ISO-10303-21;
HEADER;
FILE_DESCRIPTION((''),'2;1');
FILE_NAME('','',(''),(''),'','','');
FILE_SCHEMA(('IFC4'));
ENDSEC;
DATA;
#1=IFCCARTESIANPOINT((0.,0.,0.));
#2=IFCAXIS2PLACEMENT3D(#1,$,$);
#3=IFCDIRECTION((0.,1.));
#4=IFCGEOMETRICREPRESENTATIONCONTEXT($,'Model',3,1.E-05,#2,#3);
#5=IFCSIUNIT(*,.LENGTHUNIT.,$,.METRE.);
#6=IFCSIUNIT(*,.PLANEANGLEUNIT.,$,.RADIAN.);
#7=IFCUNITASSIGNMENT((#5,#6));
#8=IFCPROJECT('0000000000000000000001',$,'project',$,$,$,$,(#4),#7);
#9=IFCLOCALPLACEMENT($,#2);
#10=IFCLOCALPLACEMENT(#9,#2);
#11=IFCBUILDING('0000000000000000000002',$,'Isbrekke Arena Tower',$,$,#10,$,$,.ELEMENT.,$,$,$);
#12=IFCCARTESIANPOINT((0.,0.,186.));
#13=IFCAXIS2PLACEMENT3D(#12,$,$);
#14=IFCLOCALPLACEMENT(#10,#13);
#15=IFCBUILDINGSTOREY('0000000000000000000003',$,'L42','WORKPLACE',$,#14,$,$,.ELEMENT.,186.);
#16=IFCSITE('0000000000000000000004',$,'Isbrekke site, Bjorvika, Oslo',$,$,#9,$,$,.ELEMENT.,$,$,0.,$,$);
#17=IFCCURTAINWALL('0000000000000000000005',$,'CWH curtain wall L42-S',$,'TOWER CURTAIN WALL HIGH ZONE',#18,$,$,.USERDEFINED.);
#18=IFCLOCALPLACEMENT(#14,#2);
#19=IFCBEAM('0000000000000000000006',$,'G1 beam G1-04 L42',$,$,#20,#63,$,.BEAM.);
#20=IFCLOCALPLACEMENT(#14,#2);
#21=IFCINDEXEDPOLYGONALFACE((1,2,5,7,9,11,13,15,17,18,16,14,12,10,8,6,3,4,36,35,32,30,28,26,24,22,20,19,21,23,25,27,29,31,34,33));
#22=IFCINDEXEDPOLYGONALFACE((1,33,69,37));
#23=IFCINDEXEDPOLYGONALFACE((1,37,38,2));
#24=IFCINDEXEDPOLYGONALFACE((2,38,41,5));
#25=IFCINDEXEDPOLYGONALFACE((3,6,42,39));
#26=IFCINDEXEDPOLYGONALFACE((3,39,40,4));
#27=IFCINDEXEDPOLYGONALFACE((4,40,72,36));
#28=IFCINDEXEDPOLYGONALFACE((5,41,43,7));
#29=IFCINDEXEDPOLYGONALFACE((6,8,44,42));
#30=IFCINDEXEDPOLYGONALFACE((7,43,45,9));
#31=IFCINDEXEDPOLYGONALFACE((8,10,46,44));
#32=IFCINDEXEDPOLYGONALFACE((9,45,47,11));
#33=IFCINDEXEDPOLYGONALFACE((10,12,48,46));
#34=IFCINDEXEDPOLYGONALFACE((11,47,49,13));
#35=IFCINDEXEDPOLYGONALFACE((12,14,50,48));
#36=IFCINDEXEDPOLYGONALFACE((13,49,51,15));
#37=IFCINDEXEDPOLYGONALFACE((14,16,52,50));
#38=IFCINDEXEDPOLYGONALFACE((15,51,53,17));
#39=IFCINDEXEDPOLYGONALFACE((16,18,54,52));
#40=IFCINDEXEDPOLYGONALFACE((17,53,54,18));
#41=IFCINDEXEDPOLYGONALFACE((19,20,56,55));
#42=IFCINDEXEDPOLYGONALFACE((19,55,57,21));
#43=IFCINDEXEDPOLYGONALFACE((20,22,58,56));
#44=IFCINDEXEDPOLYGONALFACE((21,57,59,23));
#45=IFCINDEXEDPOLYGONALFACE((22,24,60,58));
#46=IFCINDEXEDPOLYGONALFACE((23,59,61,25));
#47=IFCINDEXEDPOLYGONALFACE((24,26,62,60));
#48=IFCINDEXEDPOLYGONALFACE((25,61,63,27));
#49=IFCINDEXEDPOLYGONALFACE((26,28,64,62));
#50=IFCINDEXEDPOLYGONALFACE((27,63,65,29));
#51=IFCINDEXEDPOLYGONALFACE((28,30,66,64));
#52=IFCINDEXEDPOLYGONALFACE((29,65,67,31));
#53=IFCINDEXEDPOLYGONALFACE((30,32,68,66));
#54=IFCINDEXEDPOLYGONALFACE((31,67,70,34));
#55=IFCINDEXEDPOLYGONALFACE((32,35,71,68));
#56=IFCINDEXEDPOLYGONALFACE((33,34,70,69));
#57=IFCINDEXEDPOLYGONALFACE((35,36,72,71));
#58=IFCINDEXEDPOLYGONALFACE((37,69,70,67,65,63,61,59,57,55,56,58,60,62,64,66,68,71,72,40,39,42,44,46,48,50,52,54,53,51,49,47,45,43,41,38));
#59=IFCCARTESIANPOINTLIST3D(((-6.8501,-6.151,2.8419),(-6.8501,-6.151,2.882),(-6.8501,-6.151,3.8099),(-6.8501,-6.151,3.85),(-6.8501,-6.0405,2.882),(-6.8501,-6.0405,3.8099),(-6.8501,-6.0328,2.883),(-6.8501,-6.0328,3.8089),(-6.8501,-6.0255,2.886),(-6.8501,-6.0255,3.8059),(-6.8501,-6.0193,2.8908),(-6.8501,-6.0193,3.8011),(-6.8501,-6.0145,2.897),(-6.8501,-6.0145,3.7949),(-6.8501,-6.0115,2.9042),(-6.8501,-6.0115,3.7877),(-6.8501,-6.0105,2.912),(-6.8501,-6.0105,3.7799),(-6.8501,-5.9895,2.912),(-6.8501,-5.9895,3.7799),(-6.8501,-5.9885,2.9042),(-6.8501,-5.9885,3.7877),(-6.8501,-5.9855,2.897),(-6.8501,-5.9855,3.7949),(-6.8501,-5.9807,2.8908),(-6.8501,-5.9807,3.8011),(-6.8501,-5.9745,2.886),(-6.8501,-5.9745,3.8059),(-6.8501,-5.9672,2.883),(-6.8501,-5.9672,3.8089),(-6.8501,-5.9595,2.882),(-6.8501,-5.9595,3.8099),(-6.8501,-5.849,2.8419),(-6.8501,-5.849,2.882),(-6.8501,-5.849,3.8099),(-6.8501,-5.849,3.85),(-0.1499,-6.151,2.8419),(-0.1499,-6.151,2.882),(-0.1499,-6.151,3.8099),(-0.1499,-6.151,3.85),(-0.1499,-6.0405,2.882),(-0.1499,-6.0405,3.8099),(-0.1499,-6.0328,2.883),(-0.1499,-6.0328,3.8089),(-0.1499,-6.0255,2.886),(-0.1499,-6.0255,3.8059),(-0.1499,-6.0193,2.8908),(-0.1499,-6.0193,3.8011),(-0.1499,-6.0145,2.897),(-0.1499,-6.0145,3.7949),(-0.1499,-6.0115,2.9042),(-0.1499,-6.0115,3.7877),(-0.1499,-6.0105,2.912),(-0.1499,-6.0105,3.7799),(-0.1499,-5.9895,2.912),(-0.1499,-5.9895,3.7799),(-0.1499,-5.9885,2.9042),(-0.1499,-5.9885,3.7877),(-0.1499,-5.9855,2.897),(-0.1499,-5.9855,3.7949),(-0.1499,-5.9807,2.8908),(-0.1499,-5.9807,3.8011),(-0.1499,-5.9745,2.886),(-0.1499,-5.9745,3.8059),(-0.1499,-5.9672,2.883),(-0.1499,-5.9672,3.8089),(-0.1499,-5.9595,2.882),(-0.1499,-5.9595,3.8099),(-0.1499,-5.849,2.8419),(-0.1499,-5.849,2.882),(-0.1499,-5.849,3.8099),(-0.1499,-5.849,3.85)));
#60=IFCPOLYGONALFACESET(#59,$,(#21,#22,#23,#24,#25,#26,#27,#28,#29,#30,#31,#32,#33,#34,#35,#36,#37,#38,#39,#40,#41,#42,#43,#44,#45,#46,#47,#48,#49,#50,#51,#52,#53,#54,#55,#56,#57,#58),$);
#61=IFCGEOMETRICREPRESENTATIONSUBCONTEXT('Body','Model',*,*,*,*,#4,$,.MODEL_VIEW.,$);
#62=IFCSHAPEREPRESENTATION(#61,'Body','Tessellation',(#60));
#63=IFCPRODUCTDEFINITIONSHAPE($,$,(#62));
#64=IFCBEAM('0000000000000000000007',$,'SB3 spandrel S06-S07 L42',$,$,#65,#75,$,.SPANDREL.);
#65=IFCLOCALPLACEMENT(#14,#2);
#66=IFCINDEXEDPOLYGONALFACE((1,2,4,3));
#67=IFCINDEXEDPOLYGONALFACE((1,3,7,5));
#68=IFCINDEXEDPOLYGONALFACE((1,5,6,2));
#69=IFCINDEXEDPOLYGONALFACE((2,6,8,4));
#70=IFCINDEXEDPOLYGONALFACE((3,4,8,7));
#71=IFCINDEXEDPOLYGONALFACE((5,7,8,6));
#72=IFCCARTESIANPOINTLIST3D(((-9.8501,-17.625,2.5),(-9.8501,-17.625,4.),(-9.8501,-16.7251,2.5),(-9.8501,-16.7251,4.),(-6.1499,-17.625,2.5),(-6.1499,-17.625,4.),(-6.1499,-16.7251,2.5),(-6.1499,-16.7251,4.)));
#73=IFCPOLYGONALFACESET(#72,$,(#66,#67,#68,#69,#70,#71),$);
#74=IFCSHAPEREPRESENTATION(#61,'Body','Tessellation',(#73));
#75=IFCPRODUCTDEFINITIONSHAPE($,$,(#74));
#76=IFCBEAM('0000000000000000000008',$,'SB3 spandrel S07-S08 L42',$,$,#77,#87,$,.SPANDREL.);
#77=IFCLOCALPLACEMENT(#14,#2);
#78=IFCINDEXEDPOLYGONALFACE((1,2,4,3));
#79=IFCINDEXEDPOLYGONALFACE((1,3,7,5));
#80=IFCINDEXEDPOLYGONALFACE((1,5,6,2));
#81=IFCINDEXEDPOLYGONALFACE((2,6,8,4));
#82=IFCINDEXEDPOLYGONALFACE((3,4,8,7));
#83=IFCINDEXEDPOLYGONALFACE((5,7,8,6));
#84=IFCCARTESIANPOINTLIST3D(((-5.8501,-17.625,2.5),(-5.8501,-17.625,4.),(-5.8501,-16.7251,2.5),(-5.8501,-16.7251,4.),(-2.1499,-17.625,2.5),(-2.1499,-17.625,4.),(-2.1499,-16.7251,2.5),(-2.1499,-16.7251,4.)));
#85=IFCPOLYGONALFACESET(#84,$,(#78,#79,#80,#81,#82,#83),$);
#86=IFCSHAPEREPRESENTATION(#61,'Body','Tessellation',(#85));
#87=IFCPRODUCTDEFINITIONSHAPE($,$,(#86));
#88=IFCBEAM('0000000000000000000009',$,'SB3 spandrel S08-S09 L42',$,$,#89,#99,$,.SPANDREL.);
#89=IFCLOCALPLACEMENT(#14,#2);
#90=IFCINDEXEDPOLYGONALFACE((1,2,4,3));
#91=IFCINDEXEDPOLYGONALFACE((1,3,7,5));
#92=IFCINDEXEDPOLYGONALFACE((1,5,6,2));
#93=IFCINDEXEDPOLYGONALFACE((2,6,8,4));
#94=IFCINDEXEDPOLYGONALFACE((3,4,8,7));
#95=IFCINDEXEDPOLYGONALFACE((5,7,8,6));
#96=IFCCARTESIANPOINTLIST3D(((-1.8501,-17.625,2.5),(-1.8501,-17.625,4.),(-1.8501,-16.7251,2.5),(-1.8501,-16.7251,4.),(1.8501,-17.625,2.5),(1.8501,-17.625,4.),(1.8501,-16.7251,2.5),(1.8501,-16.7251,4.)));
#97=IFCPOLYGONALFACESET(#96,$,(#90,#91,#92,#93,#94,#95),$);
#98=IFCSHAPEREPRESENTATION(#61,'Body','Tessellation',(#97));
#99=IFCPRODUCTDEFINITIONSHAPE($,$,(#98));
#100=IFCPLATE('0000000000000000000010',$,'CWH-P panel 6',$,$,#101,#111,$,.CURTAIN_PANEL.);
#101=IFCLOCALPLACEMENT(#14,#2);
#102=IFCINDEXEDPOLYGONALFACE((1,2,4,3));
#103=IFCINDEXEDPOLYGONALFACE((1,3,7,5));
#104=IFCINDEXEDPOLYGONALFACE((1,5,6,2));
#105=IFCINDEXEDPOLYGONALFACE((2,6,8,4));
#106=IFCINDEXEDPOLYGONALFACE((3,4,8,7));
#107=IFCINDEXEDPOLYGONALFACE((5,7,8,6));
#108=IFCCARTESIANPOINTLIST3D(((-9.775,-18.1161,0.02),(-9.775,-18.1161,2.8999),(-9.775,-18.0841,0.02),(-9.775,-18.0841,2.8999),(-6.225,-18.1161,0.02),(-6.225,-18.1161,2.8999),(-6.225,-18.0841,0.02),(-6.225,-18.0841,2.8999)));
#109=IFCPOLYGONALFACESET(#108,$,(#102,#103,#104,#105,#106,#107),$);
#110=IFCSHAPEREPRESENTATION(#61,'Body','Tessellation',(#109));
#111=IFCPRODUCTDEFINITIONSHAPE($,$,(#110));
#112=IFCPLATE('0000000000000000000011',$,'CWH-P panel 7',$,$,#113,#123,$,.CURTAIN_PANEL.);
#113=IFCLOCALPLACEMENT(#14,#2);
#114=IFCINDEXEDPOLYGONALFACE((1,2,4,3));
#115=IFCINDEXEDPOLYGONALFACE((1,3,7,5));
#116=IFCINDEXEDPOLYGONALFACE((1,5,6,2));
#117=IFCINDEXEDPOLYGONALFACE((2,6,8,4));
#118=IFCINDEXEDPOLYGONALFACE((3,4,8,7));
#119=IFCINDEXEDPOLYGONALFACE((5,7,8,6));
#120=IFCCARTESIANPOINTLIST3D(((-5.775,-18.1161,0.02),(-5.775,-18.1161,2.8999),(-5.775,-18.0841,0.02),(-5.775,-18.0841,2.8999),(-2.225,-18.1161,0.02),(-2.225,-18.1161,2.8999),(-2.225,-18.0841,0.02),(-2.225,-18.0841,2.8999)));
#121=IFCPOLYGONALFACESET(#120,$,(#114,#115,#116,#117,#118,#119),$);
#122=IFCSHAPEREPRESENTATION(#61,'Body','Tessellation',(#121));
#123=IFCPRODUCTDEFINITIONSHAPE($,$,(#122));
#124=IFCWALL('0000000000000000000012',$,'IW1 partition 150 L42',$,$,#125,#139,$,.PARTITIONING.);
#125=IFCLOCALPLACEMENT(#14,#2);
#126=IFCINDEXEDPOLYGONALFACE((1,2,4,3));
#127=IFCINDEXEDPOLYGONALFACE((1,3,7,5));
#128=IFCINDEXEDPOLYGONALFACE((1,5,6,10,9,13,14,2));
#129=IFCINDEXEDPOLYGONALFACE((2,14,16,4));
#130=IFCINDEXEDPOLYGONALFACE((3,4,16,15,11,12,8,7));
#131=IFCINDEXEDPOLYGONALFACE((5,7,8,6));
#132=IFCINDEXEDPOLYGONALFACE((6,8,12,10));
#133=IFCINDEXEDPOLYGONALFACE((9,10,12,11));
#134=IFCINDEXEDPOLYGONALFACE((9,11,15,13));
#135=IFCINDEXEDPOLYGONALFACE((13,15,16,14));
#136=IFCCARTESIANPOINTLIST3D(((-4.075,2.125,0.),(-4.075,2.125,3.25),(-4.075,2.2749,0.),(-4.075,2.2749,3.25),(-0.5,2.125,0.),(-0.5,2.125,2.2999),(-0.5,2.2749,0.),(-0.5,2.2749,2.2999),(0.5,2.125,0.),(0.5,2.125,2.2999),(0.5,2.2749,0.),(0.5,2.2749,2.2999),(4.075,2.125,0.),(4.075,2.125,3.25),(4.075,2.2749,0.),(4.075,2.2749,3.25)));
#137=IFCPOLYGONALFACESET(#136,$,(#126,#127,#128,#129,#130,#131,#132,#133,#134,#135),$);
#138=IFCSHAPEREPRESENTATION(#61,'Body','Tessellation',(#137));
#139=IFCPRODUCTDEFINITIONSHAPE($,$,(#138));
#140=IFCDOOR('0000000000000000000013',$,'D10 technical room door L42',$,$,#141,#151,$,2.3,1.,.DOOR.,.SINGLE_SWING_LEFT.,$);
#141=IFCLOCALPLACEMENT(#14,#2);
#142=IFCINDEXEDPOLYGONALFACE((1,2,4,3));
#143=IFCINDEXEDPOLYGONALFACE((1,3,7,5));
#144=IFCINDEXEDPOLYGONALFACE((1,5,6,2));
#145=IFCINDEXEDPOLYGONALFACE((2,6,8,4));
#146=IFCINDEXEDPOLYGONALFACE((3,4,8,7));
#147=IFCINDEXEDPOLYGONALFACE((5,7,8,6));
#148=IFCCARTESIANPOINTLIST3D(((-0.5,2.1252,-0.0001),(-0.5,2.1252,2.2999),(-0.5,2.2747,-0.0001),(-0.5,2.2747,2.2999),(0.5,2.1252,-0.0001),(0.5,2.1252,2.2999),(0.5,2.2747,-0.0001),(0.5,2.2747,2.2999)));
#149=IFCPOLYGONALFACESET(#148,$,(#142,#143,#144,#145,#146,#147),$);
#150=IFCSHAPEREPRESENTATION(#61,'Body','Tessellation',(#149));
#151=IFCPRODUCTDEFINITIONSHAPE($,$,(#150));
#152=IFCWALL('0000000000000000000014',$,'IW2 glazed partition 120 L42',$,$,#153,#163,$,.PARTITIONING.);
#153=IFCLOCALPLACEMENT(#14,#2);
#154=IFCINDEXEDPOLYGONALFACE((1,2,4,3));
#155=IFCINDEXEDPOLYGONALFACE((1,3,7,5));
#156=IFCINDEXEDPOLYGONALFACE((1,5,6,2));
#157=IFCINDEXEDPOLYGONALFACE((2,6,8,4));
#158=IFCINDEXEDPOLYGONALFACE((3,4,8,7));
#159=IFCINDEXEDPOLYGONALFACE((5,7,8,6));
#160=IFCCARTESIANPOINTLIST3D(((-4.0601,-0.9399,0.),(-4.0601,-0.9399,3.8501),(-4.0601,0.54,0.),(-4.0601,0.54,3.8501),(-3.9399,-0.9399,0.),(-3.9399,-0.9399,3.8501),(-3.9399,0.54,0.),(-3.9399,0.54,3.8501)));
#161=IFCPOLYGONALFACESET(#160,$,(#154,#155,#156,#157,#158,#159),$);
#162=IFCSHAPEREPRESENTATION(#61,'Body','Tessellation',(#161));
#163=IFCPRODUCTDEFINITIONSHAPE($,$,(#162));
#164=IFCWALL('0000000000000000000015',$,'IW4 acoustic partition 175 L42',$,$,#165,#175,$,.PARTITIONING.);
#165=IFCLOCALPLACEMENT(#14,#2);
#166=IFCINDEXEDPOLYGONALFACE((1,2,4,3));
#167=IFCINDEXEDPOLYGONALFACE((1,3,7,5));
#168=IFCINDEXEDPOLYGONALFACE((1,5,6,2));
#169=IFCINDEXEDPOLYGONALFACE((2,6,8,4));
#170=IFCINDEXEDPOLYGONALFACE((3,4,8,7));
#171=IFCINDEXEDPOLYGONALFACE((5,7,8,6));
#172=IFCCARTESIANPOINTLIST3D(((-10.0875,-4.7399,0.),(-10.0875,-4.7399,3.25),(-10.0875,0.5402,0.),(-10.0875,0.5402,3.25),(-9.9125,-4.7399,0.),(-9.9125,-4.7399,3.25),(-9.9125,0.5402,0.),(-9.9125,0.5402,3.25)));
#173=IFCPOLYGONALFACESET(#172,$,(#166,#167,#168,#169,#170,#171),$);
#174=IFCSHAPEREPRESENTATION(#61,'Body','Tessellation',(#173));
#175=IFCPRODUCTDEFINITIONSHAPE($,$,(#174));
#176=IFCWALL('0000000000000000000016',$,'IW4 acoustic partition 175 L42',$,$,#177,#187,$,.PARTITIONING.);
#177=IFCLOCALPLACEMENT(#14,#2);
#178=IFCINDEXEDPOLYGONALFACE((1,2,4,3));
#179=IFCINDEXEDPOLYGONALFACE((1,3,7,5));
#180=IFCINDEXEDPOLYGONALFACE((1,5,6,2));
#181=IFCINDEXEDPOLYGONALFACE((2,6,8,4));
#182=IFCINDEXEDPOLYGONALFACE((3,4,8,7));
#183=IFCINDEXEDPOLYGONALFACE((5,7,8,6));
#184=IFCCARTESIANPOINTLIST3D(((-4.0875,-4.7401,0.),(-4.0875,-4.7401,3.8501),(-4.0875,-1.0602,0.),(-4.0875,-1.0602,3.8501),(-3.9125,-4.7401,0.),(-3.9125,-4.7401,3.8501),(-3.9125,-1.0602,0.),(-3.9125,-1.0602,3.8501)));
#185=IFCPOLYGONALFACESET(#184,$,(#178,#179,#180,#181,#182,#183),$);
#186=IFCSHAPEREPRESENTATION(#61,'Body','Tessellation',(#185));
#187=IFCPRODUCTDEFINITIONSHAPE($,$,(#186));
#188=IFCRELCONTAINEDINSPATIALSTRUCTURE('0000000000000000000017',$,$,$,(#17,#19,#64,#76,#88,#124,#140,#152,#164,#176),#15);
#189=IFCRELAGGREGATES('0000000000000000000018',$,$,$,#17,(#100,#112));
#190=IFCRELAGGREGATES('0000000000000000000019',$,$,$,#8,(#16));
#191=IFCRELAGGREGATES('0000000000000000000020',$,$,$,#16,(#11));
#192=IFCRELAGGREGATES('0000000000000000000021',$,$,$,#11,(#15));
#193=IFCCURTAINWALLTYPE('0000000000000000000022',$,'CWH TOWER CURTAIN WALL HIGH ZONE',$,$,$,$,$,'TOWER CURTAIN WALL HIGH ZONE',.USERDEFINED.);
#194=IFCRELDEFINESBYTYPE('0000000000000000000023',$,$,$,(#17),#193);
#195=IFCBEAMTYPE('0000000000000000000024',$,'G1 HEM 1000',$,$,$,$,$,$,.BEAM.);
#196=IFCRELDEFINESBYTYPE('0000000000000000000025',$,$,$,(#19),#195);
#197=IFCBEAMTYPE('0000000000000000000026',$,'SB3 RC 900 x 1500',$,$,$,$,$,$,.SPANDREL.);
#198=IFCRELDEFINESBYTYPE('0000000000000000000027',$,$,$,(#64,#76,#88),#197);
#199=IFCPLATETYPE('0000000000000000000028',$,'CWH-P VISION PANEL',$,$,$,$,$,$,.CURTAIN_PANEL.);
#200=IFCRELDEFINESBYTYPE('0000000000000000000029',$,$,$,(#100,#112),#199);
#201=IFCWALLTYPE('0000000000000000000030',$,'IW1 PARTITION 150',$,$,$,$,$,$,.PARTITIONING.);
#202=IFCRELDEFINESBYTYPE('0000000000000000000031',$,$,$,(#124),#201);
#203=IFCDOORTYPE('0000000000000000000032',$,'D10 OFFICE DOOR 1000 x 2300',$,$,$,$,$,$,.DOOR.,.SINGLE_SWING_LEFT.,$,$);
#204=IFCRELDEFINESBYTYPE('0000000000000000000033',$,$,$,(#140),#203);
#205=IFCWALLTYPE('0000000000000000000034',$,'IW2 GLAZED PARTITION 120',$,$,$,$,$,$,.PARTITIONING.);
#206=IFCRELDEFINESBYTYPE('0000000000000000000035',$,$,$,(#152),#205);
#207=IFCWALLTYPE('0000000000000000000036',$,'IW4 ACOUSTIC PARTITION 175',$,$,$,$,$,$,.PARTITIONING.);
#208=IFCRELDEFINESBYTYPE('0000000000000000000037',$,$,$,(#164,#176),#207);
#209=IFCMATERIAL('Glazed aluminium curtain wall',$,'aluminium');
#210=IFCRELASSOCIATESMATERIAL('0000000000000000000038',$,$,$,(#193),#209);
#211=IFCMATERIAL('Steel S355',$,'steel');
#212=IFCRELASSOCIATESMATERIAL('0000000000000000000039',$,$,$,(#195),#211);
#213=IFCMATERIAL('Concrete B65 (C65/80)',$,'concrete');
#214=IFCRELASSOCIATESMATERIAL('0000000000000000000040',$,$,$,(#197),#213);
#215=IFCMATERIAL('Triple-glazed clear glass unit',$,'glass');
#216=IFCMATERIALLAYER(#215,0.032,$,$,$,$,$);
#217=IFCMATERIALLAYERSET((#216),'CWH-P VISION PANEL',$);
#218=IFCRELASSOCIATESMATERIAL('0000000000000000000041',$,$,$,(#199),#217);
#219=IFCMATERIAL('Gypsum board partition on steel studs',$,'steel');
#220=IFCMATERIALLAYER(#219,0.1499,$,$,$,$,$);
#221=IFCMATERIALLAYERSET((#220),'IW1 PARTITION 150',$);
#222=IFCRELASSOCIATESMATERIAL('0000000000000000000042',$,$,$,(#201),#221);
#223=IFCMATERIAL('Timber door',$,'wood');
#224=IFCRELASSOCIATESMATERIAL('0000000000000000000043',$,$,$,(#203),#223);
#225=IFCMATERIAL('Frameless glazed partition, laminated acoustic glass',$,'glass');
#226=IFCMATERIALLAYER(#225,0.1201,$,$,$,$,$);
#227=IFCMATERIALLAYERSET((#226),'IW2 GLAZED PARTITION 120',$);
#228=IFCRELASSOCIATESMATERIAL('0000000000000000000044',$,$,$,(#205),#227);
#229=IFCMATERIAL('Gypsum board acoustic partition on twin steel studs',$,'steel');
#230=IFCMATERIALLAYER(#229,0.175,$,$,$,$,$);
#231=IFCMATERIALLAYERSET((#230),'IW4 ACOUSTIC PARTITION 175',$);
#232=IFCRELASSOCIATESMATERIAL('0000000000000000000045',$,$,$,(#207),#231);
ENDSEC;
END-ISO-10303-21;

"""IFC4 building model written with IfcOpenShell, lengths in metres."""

from ifc_helpers import new_model, si_unit, direction, frame, frame_2d, origin, origin_2d, place, context, subcontext, project, spatial, rectangle, i_section, extrude, material, layer, layer_set, material_profile, profile_set, type_object, element, fill, aggregate, save


model = new_model("IFC4")

# Units and contexts
model_context = context("Model", 3, precision=1e-05, world=origin(), true_north=direction((0.0, 1.0)))
body_context = subcontext(model_context, "Body", "Model", "MODEL_VIEW")
ifc_project = project(units=[si_unit("LENGTHUNIT", "METRE"), si_unit("PLANEANGLEUNIT", "RADIAN")], contexts=[model_context])

# Site, building, storey
site_placement = place(None, origin())
site = spatial("IfcSite", under=ifc_project, at=site_placement, Name="Isbrekke site, Bjorvika, Oslo", CompositionType="ELEMENT", RefElevation=0.0)
building_placement = place(site_placement, origin())
building = spatial("IfcBuilding", under=site, at=building_placement, Name="Isbrekke Arena Tower", CompositionType="ELEMENT")
storey_placement = place(building_placement, frame((0.0, 0.0, 186.0)))
storey = spatial("IfcBuildingStorey", under=building, at=storey_placement, Name="L42", Description="WORKPLACE", CompositionType="ELEMENT", Elevation=186.0)

# Curtain wall
ifc_material_1 = material(Name="Glazed aluminium curtain wall", Category="aluminium")
curtain_wall_type = type_object("IfcCurtainWallType", Name="CWH TOWER CURTAIN WALL HIGH ZONE", ElementType="TOWER CURTAIN WALL HIGH ZONE", PredefinedType="USERDEFINED", material=ifc_material_1)
curtain_wall_placement = place(storey_placement, origin())
curtain_wall = element("IfcCurtainWall", 1, at=curtain_wall_placement, inside=storey, type_object=curtain_wall_type, Name="CWH curtain wall L42-S", ObjectType="TOWER CURTAIN WALL HIGH ZONE", PredefinedType="USERDEFINED")

# Beams
ifc_material_2 = material(Name="Steel S355", Category="steel")
ifc_material_profile_1 = material_profile(ifc_material_2, i_section(OverallWidth=0.302, OverallDepth=1.0081, WebThickness=0.021, FlangeThickness=0.04, FilletRadius=0.03, at=origin_2d()), Name="HEM 1000")
ifc_profile_set_1 = profile_set([ifc_material_profile_1], Name="Steel S355")
beam_type_1 = type_object("IfcBeamType", Name="G1 HEM 1000", PredefinedType="BEAM", material=ifc_profile_set_1)
beam_1_placement = place(storey_placement, frame((-6.8501, -6.0, 3.3459), z_axis=(1.0, 0.0, 0.0), x_axis=(0.0, 1.0, 0.0)))
element("IfcBeam", 2, at=beam_1_placement, inside=storey, type_object=beam_type_1, Name="G1 beam G1-04 L42", PredefinedType="BEAM", context=body_context, shape_type="SweptSolid", body=[
    extrude(i_section(OverallWidth=0.302, OverallDepth=1.0081, WebThickness=0.021, FlangeThickness=0.04, FilletRadius=0.03, at=origin_2d()), origin(), (0.0, 0.0, 1.0), 6.7002),
])
ifc_material_3 = material(Name="Concrete B65 (C65/80)", Category="concrete")
ifc_material_profile_2 = material_profile(ifc_material_3, rectangle(XDim=0.8999, YDim=1.5, at=origin_2d()), Name="RC 900x1500")
ifc_profile_set_2 = profile_set([ifc_material_profile_2], Name="Concrete B65 (C65/80)")
beam_type_2 = type_object("IfcBeamType", Name="SB3 RC 900 x 1500", PredefinedType="SPANDREL", material=ifc_profile_set_2)
for number, where, z_axis, x_axis, name in (
    (3, (-9.8501, -17.175, 3.25), (1.0, 0.0, 0.0), (0.0, 1.0, 0.0), "SB3 spandrel S06-S07 L42"),
    (4, (-5.8501, -17.175, 3.25), (1.0, 0.0, 0.0), (0.0, 1.0, 0.0), "SB3 spandrel S07-S08 L42"),
    (5, (-1.8501, -17.175, 3.25), (1.0, 0.0, 0.0), (0.0, 1.0, 0.0), "SB3 spandrel S08-S09 L42"),
):
    element("IfcBeam", number, at=place(storey_placement, frame(where, z_axis=z_axis, x_axis=x_axis)), inside=storey, type_object=beam_type_2, Name=name, PredefinedType="SPANDREL", context=body_context, shape_type="SweptSolid", body=[
        extrude(rectangle(XDim=0.8999, YDim=1.5, at=origin_2d()), origin(), (0.0, 0.0, 1.0), 3.7002),
    ])

# Plates
ifc_material_4 = material(Name="Triple-glazed clear glass unit", Category="glass")
ifc_layer_1 = layer(ifc_material_4, 0.032)
ifc_layer_set_1 = layer_set([ifc_layer_1], Name="CWH-P VISION PANEL")
plate_type = type_object("IfcPlateType", Name="CWH-P VISION PANEL", PredefinedType="CURTAIN_PANEL", material=ifc_layer_set_1)
plate_1_placement = place(storey_placement, frame((-8.0, -18.1001, 0.02), z_axis=(0.0, 0.0, 1.0), x_axis=(1.0, 0.0, 0.0)))
plate_1 = element("IfcPlate", 6, at=plate_1_placement, type_object=plate_type, Name="CWH-P panel 6", PredefinedType="CURTAIN_PANEL", context=body_context, shape_type="SweptSolid", body=[
    extrude(rectangle(XDim=3.55, YDim=0.032, at=origin_2d()), origin(), (0.0, 0.0, 1.0), 2.8799),
])
plate_2_placement = place(storey_placement, frame((-4.0, -18.1001, 0.02), z_axis=(0.0, 0.0, 1.0), x_axis=(1.0, 0.0, 0.0)))
plate_2 = element("IfcPlate", 7, at=plate_2_placement, type_object=plate_type, Name="CWH-P panel 7", PredefinedType="CURTAIN_PANEL", context=body_context, shape_type="SweptSolid", body=[
    extrude(rectangle(XDim=3.55, YDim=0.032, at=origin_2d()), origin(), (0.0, 0.0, 1.0), 2.8799),
])
aggregate(curtain_wall, [plate_1, plate_2])

# Wall, opening, door
ifc_material_5 = material(Name="Gypsum board partition on steel studs", Category="steel")
ifc_layer_2 = layer(ifc_material_5, 0.1499)
ifc_layer_set_2 = layer_set([ifc_layer_2], Name="IW1 PARTITION 150")
wall_type_1 = type_object("IfcWallType", Name="IW1 PARTITION 150", PredefinedType="PARTITIONING", material=ifc_layer_set_2)
wall_1_placement = place(storey_placement, frame((-4.075, 2.2, 0.0), z_axis=(0.0, 0.0, 1.0), x_axis=(1.0, 0.0, 0.0)))
wall_1 = element("IfcWall", 8, at=wall_1_placement, inside=storey, type_object=wall_type_1, Name="IW1 partition 150 L42", PredefinedType="PARTITIONING", context=body_context, shape_type="SweptSolid", body=[
    extrude(rectangle(XDim=8.1499, YDim=0.1499, at=frame_2d((4.075, 0.0))), origin(), (0.0, 0.0, 1.0), 3.25),
])
opening_1_placement = place(wall_1_placement, frame((3.575, 0.0, 0.0)))
opening_1 = element("IfcOpeningElement", 9, at=opening_1_placement, cuts=wall_1, PredefinedType="OPENING", context=body_context, shape_type="SweptSolid", body=[
    extrude(rectangle(XDim=1.0, YDim=2.3, at=frame_2d((0.5, 1.1499))), frame((0.0, 0.0898, 0.0), z_axis=(0.0, -1.0, 0.0), x_axis=(1.0, 0.0, 0.0)), (0.0, 0.0, 1.0), 0.1797),
])
ifc_material_6 = material(Name="Timber door", Category="wood")
door_type_1 = type_object("IfcDoorType", Name="D10 OFFICE DOOR 1000 x 2300", OperationType="SINGLE_SWING_LEFT", PredefinedType="DOOR", material=ifc_material_6)
door_1_placement = place(opening_1_placement, origin())
door_1 = element("IfcDoor", 10, at=door_1_placement, inside=storey, type_object=door_type_1, Name="D10 technical room door L42", OperationType="SINGLE_SWING_LEFT", OverallHeight=2.3, OverallWidth=1.0, PredefinedType="DOOR", context=body_context, shape_type="SweptSolid", body=[
    extrude(rectangle(XDim=1.0, YDim=2.3, at=frame_2d((0.5, 1.1499))), frame((0.0, 0.0747, 0.0), z_axis=(0.0, -1.0, 0.0), x_axis=(1.0, 0.0, 0.0)), (0.0, 0.0, 1.0), 0.1494),
])
fill(opening_1, door_1)

# Shared definitions
ifc_material_7 = material(Name="Frameless glazed partition, laminated acoustic glass", Category="glass")
ifc_layer_3 = layer(ifc_material_7, 0.1201)
ifc_layer_set_3 = layer_set([ifc_layer_3], Name="IW2 GLAZED PARTITION 120")
wall_type_2 = type_object("IfcWallType", Name="IW2 GLAZED PARTITION 120", PredefinedType="PARTITIONING", material=ifc_layer_set_3)

# Walls
wall_2_placement = place(storey_placement, frame((-4.0, -0.9399, 0.0), z_axis=(0.0, 0.0, 1.0), x_axis=(0.0, 1.0, 0.0)))
element("IfcWall", 11, at=wall_2_placement, inside=storey, type_object=wall_type_2, Name="IW2 glazed partition 120 L42", PredefinedType="PARTITIONING", context=body_context, shape_type="SweptSolid", body=[
    extrude(rectangle(XDim=1.48, YDim=0.1201, at=frame_2d((0.74, 0.0))), origin(), (0.0, 0.0, 1.0), 3.8501),
])
ifc_material_8 = material(Name="Gypsum board acoustic partition on twin steel studs", Category="steel")
ifc_layer_4 = layer(ifc_material_8, 0.175)
ifc_layer_set_4 = layer_set([ifc_layer_4], Name="IW4 ACOUSTIC PARTITION 175")
wall_type_3 = type_object("IfcWallType", Name="IW4 ACOUSTIC PARTITION 175", PredefinedType="PARTITIONING", material=ifc_layer_set_4)
wall_3_placement = place(storey_placement, frame((-10.0, -4.74, 0.0), z_axis=(0.0, 0.0, 1.0), x_axis=(0.0, 1.0, 0.0)))
element("IfcWall", 12, at=wall_3_placement, inside=storey, type_object=wall_type_3, Name="IW4 acoustic partition 175 L42", PredefinedType="PARTITIONING", context=body_context, shape_type="SweptSolid", body=[
    extrude(rectangle(XDim=5.28, YDim=0.175, at=frame_2d((2.6401, 0.0))), origin(), (0.0, 0.0, 1.0), 3.25),
])
wall_4_placement = place(storey_placement, frame((-4.0, -4.74, 0.0), z_axis=(0.0, 0.0, 1.0), x_axis=(0.0, 1.0, 0.0)))
element("IfcWall", 13, at=wall_4_placement, inside=storey, type_object=wall_type_3, Name="IW4 acoustic partition 175 L42", PredefinedType="PARTITIONING", context=body_context, shape_type="SweptSolid", body=[
    extrude(rectangle(XDim=3.6799, YDim=0.175, at=frame_2d((1.8398, 0.0))), origin(), (0.0, 0.0, 1.0), 3.8501),
])

save(model, "model.ifc")
